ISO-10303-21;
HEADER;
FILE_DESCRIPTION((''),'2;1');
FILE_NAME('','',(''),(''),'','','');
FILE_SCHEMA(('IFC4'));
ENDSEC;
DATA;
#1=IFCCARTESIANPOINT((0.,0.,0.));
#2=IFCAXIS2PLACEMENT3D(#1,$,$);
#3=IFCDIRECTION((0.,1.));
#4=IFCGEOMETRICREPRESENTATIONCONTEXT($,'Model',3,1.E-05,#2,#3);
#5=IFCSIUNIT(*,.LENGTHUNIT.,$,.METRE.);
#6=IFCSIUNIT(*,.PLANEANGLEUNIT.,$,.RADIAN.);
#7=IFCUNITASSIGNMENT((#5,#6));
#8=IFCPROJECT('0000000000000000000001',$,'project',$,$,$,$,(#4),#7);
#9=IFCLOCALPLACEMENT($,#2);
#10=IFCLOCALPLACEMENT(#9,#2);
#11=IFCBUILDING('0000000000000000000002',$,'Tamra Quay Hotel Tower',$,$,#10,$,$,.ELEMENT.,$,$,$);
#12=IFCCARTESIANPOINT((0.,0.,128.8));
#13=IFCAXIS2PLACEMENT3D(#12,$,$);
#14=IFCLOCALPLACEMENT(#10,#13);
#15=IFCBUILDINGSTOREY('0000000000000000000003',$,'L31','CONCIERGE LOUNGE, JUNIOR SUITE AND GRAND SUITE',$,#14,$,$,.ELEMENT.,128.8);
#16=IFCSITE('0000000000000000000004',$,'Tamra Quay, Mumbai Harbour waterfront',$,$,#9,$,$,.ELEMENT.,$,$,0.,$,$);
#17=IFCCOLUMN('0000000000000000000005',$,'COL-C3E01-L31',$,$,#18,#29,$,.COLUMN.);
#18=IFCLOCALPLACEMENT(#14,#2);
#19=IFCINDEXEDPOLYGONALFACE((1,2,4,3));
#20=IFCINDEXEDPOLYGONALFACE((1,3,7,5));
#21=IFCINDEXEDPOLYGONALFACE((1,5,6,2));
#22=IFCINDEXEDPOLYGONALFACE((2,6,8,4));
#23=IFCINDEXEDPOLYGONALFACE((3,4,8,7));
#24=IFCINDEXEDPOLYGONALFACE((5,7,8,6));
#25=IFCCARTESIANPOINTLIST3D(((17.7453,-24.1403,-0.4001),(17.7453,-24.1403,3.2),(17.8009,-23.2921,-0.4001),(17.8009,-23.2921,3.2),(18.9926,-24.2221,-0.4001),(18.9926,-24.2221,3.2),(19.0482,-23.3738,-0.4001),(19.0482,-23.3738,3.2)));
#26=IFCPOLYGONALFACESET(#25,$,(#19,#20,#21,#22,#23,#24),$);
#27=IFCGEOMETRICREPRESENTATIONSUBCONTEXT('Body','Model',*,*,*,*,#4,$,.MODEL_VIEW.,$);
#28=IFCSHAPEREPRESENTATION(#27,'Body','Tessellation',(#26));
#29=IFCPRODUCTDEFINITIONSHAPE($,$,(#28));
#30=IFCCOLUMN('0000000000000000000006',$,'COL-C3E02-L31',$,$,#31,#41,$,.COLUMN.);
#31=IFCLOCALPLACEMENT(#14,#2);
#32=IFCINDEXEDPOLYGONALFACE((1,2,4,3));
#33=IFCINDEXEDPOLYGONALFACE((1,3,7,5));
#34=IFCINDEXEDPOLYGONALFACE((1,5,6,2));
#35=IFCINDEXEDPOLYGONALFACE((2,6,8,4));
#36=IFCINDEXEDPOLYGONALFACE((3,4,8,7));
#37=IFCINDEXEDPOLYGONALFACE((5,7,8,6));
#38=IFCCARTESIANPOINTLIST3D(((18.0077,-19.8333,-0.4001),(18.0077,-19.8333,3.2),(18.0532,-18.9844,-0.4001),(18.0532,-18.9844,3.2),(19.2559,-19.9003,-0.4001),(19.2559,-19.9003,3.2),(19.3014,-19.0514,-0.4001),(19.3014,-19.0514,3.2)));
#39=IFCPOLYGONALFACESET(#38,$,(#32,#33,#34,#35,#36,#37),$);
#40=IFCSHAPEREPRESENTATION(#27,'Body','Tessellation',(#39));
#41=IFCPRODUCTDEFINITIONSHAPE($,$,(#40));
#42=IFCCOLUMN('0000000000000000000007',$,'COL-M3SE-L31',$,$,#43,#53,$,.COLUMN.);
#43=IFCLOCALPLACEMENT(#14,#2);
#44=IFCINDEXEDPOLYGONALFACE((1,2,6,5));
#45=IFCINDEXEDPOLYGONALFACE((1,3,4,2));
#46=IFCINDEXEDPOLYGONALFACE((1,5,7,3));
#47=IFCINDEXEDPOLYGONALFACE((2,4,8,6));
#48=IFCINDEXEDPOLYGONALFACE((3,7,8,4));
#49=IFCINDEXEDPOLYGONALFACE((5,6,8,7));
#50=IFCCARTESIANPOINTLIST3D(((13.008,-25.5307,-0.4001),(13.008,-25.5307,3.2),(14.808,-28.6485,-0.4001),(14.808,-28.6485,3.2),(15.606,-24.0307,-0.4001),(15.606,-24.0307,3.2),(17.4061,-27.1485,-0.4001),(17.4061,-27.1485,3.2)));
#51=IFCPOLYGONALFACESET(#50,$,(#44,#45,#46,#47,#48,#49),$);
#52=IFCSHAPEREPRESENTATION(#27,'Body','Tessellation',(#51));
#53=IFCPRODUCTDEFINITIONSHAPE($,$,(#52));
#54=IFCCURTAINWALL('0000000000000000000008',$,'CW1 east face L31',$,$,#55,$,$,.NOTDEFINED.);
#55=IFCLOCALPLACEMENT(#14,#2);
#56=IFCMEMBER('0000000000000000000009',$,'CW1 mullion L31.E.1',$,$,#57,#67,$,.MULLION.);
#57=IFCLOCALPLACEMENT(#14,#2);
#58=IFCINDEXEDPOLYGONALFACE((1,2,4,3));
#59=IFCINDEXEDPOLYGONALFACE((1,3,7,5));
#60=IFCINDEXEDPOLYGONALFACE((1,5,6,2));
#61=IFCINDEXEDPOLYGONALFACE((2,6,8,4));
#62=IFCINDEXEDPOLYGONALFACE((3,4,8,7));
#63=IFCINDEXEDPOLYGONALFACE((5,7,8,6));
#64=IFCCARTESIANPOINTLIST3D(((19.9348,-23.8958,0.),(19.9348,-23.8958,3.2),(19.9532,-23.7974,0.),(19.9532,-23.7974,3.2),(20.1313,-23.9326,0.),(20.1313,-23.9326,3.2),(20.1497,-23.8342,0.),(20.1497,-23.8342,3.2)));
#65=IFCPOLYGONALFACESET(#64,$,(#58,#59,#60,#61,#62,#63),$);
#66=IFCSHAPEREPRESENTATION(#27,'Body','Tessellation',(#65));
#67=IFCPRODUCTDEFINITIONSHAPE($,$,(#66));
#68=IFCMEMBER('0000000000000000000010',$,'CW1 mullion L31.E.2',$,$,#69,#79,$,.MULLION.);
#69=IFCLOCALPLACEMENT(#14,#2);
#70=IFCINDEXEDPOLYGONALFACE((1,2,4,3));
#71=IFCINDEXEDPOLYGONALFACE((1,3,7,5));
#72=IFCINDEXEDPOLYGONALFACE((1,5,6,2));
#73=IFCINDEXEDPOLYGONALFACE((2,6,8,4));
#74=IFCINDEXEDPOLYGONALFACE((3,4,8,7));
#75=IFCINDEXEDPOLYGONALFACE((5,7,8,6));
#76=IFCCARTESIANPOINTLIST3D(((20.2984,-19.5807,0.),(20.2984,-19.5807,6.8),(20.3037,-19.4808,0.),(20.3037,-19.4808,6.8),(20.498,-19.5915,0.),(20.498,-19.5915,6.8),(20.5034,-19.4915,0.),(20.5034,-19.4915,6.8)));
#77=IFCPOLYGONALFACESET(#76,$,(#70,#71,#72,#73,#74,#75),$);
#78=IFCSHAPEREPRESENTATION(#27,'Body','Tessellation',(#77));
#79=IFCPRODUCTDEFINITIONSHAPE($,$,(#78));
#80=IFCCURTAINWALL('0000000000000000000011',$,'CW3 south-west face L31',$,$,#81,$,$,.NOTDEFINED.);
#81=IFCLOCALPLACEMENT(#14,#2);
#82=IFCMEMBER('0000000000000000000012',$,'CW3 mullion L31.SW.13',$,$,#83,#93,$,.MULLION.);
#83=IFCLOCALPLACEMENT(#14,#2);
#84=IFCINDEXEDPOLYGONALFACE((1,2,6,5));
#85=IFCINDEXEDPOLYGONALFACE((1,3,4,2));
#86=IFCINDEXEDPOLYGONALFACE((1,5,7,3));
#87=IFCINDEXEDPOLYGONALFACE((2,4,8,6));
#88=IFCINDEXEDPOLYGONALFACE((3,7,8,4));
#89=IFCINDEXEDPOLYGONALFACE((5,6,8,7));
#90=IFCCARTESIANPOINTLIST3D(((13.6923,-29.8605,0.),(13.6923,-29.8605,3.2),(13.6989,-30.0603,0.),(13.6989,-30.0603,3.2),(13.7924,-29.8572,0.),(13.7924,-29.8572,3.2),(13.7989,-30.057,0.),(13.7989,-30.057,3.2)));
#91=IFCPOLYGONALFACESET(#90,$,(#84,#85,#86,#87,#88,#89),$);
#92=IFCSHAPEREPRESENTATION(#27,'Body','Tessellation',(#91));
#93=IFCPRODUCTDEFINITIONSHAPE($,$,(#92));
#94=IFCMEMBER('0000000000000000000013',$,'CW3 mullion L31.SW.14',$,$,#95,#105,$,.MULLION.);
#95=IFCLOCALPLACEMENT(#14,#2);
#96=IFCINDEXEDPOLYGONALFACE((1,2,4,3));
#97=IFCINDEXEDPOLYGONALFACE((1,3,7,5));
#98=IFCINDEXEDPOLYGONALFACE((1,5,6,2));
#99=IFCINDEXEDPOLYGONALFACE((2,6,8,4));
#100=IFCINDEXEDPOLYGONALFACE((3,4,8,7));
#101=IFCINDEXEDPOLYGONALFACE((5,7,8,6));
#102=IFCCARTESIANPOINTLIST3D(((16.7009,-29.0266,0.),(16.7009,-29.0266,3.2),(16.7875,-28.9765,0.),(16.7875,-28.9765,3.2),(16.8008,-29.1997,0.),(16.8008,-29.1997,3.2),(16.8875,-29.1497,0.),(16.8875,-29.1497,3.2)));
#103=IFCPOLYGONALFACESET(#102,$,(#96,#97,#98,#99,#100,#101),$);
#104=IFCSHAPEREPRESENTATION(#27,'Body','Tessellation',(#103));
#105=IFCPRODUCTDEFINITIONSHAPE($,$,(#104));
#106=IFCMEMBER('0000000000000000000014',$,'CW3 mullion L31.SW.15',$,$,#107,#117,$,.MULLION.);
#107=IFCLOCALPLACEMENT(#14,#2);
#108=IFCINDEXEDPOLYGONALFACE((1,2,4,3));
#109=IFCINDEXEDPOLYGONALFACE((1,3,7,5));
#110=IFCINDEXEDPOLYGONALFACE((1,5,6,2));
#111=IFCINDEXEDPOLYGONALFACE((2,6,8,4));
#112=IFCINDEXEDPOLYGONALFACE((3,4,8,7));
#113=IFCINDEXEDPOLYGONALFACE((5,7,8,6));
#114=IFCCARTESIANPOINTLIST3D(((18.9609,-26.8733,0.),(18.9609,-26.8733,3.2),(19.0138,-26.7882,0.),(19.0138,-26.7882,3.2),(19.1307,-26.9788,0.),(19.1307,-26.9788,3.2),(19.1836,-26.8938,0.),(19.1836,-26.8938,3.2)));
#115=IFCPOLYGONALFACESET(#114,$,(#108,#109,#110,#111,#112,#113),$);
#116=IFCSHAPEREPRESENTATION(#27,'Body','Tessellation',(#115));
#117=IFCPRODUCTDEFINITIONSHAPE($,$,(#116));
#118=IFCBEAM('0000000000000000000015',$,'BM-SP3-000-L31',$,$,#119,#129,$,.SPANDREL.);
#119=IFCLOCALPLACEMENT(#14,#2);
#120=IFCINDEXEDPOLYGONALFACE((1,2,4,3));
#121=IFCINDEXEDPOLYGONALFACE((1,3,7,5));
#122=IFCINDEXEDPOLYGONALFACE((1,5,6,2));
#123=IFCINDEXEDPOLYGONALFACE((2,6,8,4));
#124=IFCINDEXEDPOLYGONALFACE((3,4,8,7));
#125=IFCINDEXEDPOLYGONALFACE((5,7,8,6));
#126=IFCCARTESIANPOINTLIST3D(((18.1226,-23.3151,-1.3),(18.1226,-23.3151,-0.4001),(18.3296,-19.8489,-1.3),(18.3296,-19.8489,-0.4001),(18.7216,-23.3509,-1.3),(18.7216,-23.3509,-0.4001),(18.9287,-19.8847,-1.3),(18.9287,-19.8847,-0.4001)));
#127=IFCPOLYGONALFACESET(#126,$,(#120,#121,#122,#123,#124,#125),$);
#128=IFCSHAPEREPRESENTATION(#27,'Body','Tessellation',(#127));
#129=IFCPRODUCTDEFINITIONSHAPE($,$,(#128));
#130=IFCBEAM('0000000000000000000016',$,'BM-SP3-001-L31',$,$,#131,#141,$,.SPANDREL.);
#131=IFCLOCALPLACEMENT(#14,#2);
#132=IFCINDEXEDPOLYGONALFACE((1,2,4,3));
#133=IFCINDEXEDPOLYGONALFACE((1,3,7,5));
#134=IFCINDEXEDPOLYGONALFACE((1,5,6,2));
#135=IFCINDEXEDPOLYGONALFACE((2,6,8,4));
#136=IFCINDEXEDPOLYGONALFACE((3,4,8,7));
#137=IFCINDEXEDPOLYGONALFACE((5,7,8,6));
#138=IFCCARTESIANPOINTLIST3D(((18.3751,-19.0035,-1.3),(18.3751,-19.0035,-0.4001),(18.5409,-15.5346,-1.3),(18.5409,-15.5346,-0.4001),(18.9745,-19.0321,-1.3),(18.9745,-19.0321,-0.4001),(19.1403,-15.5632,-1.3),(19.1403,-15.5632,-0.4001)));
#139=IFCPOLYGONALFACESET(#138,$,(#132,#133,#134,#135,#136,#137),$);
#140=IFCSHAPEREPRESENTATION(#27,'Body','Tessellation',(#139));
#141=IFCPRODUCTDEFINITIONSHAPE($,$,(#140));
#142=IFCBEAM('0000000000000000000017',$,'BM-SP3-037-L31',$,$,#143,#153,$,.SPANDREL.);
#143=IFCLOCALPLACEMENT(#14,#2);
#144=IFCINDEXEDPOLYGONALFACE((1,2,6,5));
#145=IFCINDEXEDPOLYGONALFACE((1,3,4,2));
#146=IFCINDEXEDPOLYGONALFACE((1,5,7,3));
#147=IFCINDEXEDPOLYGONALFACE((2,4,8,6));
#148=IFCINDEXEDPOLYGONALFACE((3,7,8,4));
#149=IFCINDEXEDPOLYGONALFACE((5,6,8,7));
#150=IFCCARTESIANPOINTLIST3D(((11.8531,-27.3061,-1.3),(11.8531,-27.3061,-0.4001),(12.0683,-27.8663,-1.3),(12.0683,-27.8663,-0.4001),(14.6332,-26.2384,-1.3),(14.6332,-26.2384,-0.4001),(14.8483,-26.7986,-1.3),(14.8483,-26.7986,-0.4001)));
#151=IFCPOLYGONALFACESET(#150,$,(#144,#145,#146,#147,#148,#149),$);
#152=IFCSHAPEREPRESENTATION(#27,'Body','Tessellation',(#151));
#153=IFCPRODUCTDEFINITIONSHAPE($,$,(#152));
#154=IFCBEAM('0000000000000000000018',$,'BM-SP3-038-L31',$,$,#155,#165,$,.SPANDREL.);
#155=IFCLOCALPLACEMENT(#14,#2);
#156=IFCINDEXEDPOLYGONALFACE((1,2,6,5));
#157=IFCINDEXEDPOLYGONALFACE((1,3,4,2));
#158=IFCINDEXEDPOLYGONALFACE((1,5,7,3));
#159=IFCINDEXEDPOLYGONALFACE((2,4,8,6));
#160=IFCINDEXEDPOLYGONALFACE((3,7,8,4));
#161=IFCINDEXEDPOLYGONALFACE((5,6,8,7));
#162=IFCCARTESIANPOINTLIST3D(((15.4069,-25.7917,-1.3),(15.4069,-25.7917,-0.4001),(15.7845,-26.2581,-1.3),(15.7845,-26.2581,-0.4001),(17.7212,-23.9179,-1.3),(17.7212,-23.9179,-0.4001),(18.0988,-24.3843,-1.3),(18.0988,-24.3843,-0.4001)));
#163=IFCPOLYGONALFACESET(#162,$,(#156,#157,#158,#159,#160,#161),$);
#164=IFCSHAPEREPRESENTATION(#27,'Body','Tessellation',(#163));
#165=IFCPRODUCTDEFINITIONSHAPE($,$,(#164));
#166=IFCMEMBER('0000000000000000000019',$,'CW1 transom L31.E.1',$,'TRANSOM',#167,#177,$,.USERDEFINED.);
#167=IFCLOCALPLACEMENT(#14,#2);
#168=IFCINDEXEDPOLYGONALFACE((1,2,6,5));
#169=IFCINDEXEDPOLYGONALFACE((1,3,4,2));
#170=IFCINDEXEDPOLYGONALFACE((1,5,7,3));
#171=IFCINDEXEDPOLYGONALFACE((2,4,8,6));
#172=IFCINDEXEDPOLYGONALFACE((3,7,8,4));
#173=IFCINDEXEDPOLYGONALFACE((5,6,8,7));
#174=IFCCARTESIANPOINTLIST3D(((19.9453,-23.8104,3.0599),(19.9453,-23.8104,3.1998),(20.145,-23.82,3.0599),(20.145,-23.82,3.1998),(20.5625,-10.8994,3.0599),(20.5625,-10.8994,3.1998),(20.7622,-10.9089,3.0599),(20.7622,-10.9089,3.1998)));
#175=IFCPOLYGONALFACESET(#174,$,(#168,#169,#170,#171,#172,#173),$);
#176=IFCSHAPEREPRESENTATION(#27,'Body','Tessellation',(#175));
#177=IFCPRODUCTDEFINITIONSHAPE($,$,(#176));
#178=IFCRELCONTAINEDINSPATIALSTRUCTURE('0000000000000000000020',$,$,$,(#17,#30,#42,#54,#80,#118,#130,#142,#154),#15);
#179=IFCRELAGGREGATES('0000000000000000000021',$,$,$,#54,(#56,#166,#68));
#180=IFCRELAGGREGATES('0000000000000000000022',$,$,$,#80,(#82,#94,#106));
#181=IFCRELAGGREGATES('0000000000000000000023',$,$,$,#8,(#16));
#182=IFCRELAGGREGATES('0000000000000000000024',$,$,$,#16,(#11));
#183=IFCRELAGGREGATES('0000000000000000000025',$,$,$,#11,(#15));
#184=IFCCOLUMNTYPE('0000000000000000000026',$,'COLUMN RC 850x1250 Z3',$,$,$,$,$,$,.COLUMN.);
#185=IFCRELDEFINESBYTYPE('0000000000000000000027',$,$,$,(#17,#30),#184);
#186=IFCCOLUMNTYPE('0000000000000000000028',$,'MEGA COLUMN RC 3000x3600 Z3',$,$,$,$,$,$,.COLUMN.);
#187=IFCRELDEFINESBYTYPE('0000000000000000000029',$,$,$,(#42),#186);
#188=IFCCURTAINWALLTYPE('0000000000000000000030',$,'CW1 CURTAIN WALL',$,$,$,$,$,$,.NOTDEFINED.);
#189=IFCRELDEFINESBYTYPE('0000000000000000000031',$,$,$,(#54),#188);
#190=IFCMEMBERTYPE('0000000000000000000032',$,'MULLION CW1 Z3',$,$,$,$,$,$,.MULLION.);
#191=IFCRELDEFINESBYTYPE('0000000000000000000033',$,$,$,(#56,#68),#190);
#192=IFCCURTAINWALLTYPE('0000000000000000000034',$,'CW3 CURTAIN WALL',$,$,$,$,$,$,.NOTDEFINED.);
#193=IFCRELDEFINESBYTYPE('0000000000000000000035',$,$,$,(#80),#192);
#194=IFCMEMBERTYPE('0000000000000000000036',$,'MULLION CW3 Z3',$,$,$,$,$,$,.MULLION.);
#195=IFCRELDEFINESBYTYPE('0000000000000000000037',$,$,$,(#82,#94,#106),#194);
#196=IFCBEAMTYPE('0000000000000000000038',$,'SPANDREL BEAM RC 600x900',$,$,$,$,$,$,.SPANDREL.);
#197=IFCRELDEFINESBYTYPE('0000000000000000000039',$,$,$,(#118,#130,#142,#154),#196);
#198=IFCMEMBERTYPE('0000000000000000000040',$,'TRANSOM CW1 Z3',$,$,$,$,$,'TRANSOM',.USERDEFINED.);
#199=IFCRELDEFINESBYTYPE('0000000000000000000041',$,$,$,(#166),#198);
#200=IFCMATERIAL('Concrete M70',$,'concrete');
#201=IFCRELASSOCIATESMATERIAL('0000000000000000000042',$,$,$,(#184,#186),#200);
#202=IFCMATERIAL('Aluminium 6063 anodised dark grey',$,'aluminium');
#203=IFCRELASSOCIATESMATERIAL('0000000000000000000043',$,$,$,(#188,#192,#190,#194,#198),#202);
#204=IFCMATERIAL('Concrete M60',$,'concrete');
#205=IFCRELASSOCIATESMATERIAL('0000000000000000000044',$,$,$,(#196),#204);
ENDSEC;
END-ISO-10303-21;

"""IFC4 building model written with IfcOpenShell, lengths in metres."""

from ifc_helpers import new_model, si_unit, direction, frame, origin, origin_2d, place, context, subcontext, project, spatial, rectangle, extrude, material, material_profile, profile_set, type_object, element, aggregate, save


model = new_model("IFC4")

# Units and contexts
model_context = context("Model", 3, precision=1e-05, world=origin(), true_north=direction((0.0, 1.0)))
body_context = subcontext(model_context, "Body", "Model", "MODEL_VIEW")
ifc_project = project(units=[si_unit("LENGTHUNIT", "METRE"), si_unit("PLANEANGLEUNIT", "RADIAN")], contexts=[model_context])

# Site, building, storey
site_placement = place(None, origin())
site = spatial("IfcSite", under=ifc_project, at=site_placement, Name="Tamra Quay, Mumbai Harbour waterfront", CompositionType="ELEMENT", RefElevation=0.0)
building_placement = place(site_placement, origin())
building = spatial("IfcBuilding", under=site, at=building_placement, Name="Tamra Quay Hotel Tower", CompositionType="ELEMENT")
storey_placement = place(building_placement, frame((0.0, 0.0, 128.8)))
storey = spatial("IfcBuildingStorey", under=building, at=storey_placement, Name="L31", Description="CONCIERGE LOUNGE, JUNIOR SUITE AND GRAND SUITE", CompositionType="ELEMENT", Elevation=128.8)

# Columns
ifc_material_1 = material(Name="Concrete M70", Category="concrete")
ifc_material_profile_1 = material_profile(ifc_material_1, rectangle(XDim=1.25, YDim=0.8501, at=origin_2d()), Name="COLUMN RC 850x1250 Z3")
ifc_profile_set_1 = profile_set([ifc_material_profile_1], Name="Concrete M70")
column_type_1 = type_object("IfcColumnType", Name="COLUMN RC 850x1250 Z3", PredefinedType="COLUMN", material=ifc_profile_set_1)
for number, where, z_axis, x_axis, name in (
    (1, (18.3967, -23.7571, -0.4001), (0.0, 0.0, 1.0), (-0.997858, 0.065419, 0.0), "COL-C3E01-L31"),
    (2, (18.6545, -19.4424, -0.4001), (0.0, 0.0, 1.0), (-0.998562, 0.053603, 0.0), "COL-C3E02-L31"),
):
    element("IfcColumn", number, at=place(storey_placement, frame(where, z_axis=z_axis, x_axis=x_axis)), inside=storey, type_object=column_type_1, Name=name, PredefinedType="COLUMN", context=body_context, shape_type="SweptSolid", body=[
        extrude(rectangle(XDim=1.25, YDim=0.8501, at=origin_2d()), origin(), (0.0, 0.0, 1.0), 3.6001),
    ])
ifc_material_profile_2 = material_profile(ifc_material_1, rectangle(XDim=3.6001, YDim=3.0, at=origin_2d()), Name="MEGA COLUMN RC 3000x3600 Z3")
ifc_profile_set_2 = profile_set([ifc_material_profile_2], Name="Concrete M70")
column_type_2 = type_object("IfcColumnType", Name="MEGA COLUMN RC 3000x3600 Z3", PredefinedType="COLUMN", material=ifc_profile_set_2)
column_placement = place(storey_placement, frame((15.207, -26.3396, -0.4001), z_axis=(0.0, 0.0, 1.0), x_axis=(-0.5, 0.866025, 0.0)))
element("IfcColumn", 3, at=column_placement, inside=storey, type_object=column_type_2, Name="COL-M3SE-L31", PredefinedType="COLUMN", context=body_context, shape_type="SweptSolid", body=[
    extrude(rectangle(XDim=3.6001, YDim=3.0, at=origin_2d()), origin(), (0.0, 0.0, 1.0), 3.6001),
])

# Curtain walls, members
ifc_material_2 = material(Name="Aluminium 6063 anodised dark grey", Category="aluminium")
curtain_wall_type_1 = type_object("IfcCurtainWallType", Name="CW1 CURTAIN WALL", PredefinedType="NOTDEFINED", material=ifc_material_2)
curtain_wall_1_placement = place(storey_placement, origin())
curtain_wall_1 = element("IfcCurtainWall", 4, at=curtain_wall_1_placement, inside=storey, type_object=curtain_wall_type_1, Name="CW1 east face L31", PredefinedType="NOTDEFINED")
ifc_material_profile_3 = material_profile(ifc_material_2, rectangle(XDim=0.2, YDim=0.1001, at=origin_2d()), Name="MULLION 100X200")
ifc_profile_set_3 = profile_set([ifc_material_profile_3], Name="Aluminium 6063 anodised dark grey")
member_type_1 = type_object("IfcMemberType", Name="MULLION CW1 Z3", PredefinedType="MULLION", material=ifc_profile_set_3)
member_1_placement = place(storey_placement, frame((20.0422, -23.865, 0.0), z_axis=(0.0, 0.0, 1.0), x_axis=(0.982883, -0.18423, 0.0)))
member_1 = element("IfcMember", 5, at=member_1_placement, type_object=member_type_1, Name="CW1 mullion L31.E.1", PredefinedType="MULLION", context=body_context, shape_type="SweptSolid", body=[
    extrude(rectangle(XDim=0.2, YDim=0.1001, at=origin_2d()), origin(), (0.0, 0.0, 1.0), 3.2),
])
member_2_placement = place(storey_placement, frame((20.4009, -19.5361, 0.0), z_axis=(0.0, 0.0, 1.0), x_axis=(0.998557, -0.053695, 0.0)))
member_2 = element("IfcMember", 6, at=member_2_placement, type_object=member_type_1, Name="CW1 mullion L31.E.2", PredefinedType="MULLION", context=body_context, shape_type="SweptSolid", body=[
    extrude(rectangle(XDim=0.2, YDim=0.1001, at=origin_2d()), origin(), (0.0, 0.0, 1.0), 6.8),
])
curtain_wall_type_2 = type_object("IfcCurtainWallType", Name="CW3 CURTAIN WALL", PredefinedType="NOTDEFINED", material=ifc_material_2)
curtain_wall_2_placement = place(storey_placement, origin())
curtain_wall_2 = element("IfcCurtainWall", 7, at=curtain_wall_2_placement, inside=storey, type_object=curtain_wall_type_2, Name="CW3 south-west face L31", PredefinedType="NOTDEFINED")
ifc_material_profile_4 = material_profile(ifc_material_2, rectangle(XDim=0.2, YDim=0.1001, at=origin_2d()), Name="MULLION 100X200")
ifc_profile_set_4 = profile_set([ifc_material_profile_4], Name="Aluminium 6063 anodised dark grey")
member_type_2 = type_object("IfcMemberType", Name="MULLION CW3 Z3", PredefinedType="MULLION", material=ifc_profile_set_4)
member_3_placement = place(storey_placement, frame((13.7456, -29.9587, 0.0), z_axis=(0.0, 0.0, 1.0), x_axis=(0.032727, -0.999464, 0.0)))
member_3 = element("IfcMember", 8, at=member_3_placement, type_object=member_type_2, Name="CW3 mullion L31.SW.13", PredefinedType="MULLION", context=body_context, shape_type="SweptSolid", body=[
    extrude(rectangle(XDim=0.2, YDim=0.1001, at=origin_2d()), origin(), (0.0, 0.0, 1.0), 3.2),
])
member_4_placement = place(storey_placement, frame((16.7942, -29.0881, 0.0), z_axis=(0.0, 0.0, 1.0), x_axis=(0.5, -0.866025, 0.0)))
member_4 = element("IfcMember", 9, at=member_4_placement, type_object=member_type_2, Name="CW3 mullion L31.SW.14", PredefinedType="MULLION", context=body_context, shape_type="SweptSolid", body=[
    extrude(rectangle(XDim=0.2, YDim=0.1001, at=origin_2d()), origin(), (0.0, 0.0, 1.0), 3.2),
])
member_5_placement = place(storey_placement, frame((19.0723, -26.8835, 0.0), z_axis=(0.0, 0.0, 1.0), x_axis=(0.849198, -0.528075, 0.0)))
member_5 = element("IfcMember", 10, at=member_5_placement, type_object=member_type_2, Name="CW3 mullion L31.SW.15", PredefinedType="MULLION", context=body_context, shape_type="SweptSolid", body=[
    extrude(rectangle(XDim=0.2, YDim=0.1001, at=origin_2d()), origin(), (0.0, 0.0, 1.0), 3.2),
])

# Beams
ifc_material_3 = material(Name="Concrete M60", Category="concrete")
ifc_material_profile_5 = material_profile(ifc_material_3, rectangle(XDim=0.6001, YDim=0.8999, at=origin_2d()), Name="SPANDREL BEAM RC 600x900")
ifc_profile_set_5 = profile_set([ifc_material_profile_5], Name="Concrete M60")
beam_type = type_object("IfcBeamType", Name="SPANDREL BEAM RC 600x900", PredefinedType="SPANDREL", material=ifc_profile_set_5)
beam_1_placement = place(storey_placement, frame((18.4221, -23.333, -0.8501), z_axis=(0.05962, 0.998221, 0.0), x_axis=(-0.998221, 0.05962, 0.0)))
element("IfcBeam", 11, at=beam_1_placement, inside=storey, type_object=beam_type, Name="BM-SP3-000-L31", PredefinedType="SPANDREL", context=body_context, shape_type="SweptSolid", body=[
    extrude(rectangle(XDim=0.6001, YDim=0.8999, at=origin_2d()), origin(), (0.0, 0.0, 1.0), 3.4724),
])
beam_2_placement = place(storey_placement, frame((18.6748, -19.0178, -0.8501), z_axis=(0.047732, 0.99886, 0.0), x_axis=(-0.99886, 0.047732, 0.0)))
element("IfcBeam", 12, at=beam_2_placement, inside=storey, type_object=beam_type, Name="BM-SP3-001-L31", PredefinedType="SPANDREL", context=body_context, shape_type="SweptSolid", body=[
    extrude(rectangle(XDim=0.6001, YDim=0.8999, at=origin_2d()), origin(), (0.0, 0.0, 1.0), 3.4729),
])
beam_3_placement = place(storey_placement, frame((11.9607, -27.5862, -0.8501), z_axis=(0.933527, 0.358507, 0.0), x_axis=(-0.358507, 0.933527, 0.0)))
element("IfcBeam", 13, at=beam_3_placement, inside=storey, type_object=beam_type, Name="BM-SP3-037-L31", PredefinedType="SPANDREL", context=body_context, shape_type="SweptSolid", body=[
    extrude(rectangle(XDim=0.6001, YDim=0.8999, at=origin_2d()), origin(), (0.0, 0.0, 1.0), 2.978),
])
beam_4_placement = place(storey_placement, frame((15.5957, -26.0249, -0.8501), z_axis=(0.777184, 0.629274, 0.0), x_axis=(-0.629274, 0.777184, 0.0)))
element("IfcBeam", 14, at=beam_4_placement, inside=storey, type_object=beam_type, Name="BM-SP3-038-L31", PredefinedType="SPANDREL", context=body_context, shape_type="SweptSolid", body=[
    extrude(rectangle(XDim=0.6001, YDim=0.8999, at=origin_2d()), origin(), (0.0, 0.0, 1.0), 2.9778),
])

# Member
ifc_material_profile_6 = material_profile(ifc_material_2, rectangle(XDim=0.2, YDim=0.1399, at=origin_2d()), Name="TRANSOM 200X140")
ifc_profile_set_6 = profile_set([ifc_material_profile_6], Name="Aluminium 6063 anodised dark grey")
member_type_3 = type_object("IfcMemberType", Name="TRANSOM CW1 Z3", ElementType="TRANSOM", PredefinedType="USERDEFINED", material=ifc_profile_set_6)
member_6_placement = place(storey_placement, frame((20.0452, -23.8152, 3.1299), z_axis=(0.047748, 0.998859, 0.0), x_axis=(-0.998859, 0.047748, 0.0)))
member_6 = element("IfcMember", 15, at=member_6_placement, type_object=member_type_3, Name="CW1 transom L31.E.1", ObjectType="TRANSOM", PredefinedType="USERDEFINED", context=body_context, shape_type="SweptSolid", body=[
    extrude(rectangle(XDim=0.2, YDim=0.1399, at=origin_2d()), origin(), (0.0, 0.0, 1.0), 12.9258),
])

aggregate(curtain_wall_1, [member_1, member_6, member_2])
aggregate(curtain_wall_2, [member_3, member_4, member_5])

save(model, "model.ifc")
